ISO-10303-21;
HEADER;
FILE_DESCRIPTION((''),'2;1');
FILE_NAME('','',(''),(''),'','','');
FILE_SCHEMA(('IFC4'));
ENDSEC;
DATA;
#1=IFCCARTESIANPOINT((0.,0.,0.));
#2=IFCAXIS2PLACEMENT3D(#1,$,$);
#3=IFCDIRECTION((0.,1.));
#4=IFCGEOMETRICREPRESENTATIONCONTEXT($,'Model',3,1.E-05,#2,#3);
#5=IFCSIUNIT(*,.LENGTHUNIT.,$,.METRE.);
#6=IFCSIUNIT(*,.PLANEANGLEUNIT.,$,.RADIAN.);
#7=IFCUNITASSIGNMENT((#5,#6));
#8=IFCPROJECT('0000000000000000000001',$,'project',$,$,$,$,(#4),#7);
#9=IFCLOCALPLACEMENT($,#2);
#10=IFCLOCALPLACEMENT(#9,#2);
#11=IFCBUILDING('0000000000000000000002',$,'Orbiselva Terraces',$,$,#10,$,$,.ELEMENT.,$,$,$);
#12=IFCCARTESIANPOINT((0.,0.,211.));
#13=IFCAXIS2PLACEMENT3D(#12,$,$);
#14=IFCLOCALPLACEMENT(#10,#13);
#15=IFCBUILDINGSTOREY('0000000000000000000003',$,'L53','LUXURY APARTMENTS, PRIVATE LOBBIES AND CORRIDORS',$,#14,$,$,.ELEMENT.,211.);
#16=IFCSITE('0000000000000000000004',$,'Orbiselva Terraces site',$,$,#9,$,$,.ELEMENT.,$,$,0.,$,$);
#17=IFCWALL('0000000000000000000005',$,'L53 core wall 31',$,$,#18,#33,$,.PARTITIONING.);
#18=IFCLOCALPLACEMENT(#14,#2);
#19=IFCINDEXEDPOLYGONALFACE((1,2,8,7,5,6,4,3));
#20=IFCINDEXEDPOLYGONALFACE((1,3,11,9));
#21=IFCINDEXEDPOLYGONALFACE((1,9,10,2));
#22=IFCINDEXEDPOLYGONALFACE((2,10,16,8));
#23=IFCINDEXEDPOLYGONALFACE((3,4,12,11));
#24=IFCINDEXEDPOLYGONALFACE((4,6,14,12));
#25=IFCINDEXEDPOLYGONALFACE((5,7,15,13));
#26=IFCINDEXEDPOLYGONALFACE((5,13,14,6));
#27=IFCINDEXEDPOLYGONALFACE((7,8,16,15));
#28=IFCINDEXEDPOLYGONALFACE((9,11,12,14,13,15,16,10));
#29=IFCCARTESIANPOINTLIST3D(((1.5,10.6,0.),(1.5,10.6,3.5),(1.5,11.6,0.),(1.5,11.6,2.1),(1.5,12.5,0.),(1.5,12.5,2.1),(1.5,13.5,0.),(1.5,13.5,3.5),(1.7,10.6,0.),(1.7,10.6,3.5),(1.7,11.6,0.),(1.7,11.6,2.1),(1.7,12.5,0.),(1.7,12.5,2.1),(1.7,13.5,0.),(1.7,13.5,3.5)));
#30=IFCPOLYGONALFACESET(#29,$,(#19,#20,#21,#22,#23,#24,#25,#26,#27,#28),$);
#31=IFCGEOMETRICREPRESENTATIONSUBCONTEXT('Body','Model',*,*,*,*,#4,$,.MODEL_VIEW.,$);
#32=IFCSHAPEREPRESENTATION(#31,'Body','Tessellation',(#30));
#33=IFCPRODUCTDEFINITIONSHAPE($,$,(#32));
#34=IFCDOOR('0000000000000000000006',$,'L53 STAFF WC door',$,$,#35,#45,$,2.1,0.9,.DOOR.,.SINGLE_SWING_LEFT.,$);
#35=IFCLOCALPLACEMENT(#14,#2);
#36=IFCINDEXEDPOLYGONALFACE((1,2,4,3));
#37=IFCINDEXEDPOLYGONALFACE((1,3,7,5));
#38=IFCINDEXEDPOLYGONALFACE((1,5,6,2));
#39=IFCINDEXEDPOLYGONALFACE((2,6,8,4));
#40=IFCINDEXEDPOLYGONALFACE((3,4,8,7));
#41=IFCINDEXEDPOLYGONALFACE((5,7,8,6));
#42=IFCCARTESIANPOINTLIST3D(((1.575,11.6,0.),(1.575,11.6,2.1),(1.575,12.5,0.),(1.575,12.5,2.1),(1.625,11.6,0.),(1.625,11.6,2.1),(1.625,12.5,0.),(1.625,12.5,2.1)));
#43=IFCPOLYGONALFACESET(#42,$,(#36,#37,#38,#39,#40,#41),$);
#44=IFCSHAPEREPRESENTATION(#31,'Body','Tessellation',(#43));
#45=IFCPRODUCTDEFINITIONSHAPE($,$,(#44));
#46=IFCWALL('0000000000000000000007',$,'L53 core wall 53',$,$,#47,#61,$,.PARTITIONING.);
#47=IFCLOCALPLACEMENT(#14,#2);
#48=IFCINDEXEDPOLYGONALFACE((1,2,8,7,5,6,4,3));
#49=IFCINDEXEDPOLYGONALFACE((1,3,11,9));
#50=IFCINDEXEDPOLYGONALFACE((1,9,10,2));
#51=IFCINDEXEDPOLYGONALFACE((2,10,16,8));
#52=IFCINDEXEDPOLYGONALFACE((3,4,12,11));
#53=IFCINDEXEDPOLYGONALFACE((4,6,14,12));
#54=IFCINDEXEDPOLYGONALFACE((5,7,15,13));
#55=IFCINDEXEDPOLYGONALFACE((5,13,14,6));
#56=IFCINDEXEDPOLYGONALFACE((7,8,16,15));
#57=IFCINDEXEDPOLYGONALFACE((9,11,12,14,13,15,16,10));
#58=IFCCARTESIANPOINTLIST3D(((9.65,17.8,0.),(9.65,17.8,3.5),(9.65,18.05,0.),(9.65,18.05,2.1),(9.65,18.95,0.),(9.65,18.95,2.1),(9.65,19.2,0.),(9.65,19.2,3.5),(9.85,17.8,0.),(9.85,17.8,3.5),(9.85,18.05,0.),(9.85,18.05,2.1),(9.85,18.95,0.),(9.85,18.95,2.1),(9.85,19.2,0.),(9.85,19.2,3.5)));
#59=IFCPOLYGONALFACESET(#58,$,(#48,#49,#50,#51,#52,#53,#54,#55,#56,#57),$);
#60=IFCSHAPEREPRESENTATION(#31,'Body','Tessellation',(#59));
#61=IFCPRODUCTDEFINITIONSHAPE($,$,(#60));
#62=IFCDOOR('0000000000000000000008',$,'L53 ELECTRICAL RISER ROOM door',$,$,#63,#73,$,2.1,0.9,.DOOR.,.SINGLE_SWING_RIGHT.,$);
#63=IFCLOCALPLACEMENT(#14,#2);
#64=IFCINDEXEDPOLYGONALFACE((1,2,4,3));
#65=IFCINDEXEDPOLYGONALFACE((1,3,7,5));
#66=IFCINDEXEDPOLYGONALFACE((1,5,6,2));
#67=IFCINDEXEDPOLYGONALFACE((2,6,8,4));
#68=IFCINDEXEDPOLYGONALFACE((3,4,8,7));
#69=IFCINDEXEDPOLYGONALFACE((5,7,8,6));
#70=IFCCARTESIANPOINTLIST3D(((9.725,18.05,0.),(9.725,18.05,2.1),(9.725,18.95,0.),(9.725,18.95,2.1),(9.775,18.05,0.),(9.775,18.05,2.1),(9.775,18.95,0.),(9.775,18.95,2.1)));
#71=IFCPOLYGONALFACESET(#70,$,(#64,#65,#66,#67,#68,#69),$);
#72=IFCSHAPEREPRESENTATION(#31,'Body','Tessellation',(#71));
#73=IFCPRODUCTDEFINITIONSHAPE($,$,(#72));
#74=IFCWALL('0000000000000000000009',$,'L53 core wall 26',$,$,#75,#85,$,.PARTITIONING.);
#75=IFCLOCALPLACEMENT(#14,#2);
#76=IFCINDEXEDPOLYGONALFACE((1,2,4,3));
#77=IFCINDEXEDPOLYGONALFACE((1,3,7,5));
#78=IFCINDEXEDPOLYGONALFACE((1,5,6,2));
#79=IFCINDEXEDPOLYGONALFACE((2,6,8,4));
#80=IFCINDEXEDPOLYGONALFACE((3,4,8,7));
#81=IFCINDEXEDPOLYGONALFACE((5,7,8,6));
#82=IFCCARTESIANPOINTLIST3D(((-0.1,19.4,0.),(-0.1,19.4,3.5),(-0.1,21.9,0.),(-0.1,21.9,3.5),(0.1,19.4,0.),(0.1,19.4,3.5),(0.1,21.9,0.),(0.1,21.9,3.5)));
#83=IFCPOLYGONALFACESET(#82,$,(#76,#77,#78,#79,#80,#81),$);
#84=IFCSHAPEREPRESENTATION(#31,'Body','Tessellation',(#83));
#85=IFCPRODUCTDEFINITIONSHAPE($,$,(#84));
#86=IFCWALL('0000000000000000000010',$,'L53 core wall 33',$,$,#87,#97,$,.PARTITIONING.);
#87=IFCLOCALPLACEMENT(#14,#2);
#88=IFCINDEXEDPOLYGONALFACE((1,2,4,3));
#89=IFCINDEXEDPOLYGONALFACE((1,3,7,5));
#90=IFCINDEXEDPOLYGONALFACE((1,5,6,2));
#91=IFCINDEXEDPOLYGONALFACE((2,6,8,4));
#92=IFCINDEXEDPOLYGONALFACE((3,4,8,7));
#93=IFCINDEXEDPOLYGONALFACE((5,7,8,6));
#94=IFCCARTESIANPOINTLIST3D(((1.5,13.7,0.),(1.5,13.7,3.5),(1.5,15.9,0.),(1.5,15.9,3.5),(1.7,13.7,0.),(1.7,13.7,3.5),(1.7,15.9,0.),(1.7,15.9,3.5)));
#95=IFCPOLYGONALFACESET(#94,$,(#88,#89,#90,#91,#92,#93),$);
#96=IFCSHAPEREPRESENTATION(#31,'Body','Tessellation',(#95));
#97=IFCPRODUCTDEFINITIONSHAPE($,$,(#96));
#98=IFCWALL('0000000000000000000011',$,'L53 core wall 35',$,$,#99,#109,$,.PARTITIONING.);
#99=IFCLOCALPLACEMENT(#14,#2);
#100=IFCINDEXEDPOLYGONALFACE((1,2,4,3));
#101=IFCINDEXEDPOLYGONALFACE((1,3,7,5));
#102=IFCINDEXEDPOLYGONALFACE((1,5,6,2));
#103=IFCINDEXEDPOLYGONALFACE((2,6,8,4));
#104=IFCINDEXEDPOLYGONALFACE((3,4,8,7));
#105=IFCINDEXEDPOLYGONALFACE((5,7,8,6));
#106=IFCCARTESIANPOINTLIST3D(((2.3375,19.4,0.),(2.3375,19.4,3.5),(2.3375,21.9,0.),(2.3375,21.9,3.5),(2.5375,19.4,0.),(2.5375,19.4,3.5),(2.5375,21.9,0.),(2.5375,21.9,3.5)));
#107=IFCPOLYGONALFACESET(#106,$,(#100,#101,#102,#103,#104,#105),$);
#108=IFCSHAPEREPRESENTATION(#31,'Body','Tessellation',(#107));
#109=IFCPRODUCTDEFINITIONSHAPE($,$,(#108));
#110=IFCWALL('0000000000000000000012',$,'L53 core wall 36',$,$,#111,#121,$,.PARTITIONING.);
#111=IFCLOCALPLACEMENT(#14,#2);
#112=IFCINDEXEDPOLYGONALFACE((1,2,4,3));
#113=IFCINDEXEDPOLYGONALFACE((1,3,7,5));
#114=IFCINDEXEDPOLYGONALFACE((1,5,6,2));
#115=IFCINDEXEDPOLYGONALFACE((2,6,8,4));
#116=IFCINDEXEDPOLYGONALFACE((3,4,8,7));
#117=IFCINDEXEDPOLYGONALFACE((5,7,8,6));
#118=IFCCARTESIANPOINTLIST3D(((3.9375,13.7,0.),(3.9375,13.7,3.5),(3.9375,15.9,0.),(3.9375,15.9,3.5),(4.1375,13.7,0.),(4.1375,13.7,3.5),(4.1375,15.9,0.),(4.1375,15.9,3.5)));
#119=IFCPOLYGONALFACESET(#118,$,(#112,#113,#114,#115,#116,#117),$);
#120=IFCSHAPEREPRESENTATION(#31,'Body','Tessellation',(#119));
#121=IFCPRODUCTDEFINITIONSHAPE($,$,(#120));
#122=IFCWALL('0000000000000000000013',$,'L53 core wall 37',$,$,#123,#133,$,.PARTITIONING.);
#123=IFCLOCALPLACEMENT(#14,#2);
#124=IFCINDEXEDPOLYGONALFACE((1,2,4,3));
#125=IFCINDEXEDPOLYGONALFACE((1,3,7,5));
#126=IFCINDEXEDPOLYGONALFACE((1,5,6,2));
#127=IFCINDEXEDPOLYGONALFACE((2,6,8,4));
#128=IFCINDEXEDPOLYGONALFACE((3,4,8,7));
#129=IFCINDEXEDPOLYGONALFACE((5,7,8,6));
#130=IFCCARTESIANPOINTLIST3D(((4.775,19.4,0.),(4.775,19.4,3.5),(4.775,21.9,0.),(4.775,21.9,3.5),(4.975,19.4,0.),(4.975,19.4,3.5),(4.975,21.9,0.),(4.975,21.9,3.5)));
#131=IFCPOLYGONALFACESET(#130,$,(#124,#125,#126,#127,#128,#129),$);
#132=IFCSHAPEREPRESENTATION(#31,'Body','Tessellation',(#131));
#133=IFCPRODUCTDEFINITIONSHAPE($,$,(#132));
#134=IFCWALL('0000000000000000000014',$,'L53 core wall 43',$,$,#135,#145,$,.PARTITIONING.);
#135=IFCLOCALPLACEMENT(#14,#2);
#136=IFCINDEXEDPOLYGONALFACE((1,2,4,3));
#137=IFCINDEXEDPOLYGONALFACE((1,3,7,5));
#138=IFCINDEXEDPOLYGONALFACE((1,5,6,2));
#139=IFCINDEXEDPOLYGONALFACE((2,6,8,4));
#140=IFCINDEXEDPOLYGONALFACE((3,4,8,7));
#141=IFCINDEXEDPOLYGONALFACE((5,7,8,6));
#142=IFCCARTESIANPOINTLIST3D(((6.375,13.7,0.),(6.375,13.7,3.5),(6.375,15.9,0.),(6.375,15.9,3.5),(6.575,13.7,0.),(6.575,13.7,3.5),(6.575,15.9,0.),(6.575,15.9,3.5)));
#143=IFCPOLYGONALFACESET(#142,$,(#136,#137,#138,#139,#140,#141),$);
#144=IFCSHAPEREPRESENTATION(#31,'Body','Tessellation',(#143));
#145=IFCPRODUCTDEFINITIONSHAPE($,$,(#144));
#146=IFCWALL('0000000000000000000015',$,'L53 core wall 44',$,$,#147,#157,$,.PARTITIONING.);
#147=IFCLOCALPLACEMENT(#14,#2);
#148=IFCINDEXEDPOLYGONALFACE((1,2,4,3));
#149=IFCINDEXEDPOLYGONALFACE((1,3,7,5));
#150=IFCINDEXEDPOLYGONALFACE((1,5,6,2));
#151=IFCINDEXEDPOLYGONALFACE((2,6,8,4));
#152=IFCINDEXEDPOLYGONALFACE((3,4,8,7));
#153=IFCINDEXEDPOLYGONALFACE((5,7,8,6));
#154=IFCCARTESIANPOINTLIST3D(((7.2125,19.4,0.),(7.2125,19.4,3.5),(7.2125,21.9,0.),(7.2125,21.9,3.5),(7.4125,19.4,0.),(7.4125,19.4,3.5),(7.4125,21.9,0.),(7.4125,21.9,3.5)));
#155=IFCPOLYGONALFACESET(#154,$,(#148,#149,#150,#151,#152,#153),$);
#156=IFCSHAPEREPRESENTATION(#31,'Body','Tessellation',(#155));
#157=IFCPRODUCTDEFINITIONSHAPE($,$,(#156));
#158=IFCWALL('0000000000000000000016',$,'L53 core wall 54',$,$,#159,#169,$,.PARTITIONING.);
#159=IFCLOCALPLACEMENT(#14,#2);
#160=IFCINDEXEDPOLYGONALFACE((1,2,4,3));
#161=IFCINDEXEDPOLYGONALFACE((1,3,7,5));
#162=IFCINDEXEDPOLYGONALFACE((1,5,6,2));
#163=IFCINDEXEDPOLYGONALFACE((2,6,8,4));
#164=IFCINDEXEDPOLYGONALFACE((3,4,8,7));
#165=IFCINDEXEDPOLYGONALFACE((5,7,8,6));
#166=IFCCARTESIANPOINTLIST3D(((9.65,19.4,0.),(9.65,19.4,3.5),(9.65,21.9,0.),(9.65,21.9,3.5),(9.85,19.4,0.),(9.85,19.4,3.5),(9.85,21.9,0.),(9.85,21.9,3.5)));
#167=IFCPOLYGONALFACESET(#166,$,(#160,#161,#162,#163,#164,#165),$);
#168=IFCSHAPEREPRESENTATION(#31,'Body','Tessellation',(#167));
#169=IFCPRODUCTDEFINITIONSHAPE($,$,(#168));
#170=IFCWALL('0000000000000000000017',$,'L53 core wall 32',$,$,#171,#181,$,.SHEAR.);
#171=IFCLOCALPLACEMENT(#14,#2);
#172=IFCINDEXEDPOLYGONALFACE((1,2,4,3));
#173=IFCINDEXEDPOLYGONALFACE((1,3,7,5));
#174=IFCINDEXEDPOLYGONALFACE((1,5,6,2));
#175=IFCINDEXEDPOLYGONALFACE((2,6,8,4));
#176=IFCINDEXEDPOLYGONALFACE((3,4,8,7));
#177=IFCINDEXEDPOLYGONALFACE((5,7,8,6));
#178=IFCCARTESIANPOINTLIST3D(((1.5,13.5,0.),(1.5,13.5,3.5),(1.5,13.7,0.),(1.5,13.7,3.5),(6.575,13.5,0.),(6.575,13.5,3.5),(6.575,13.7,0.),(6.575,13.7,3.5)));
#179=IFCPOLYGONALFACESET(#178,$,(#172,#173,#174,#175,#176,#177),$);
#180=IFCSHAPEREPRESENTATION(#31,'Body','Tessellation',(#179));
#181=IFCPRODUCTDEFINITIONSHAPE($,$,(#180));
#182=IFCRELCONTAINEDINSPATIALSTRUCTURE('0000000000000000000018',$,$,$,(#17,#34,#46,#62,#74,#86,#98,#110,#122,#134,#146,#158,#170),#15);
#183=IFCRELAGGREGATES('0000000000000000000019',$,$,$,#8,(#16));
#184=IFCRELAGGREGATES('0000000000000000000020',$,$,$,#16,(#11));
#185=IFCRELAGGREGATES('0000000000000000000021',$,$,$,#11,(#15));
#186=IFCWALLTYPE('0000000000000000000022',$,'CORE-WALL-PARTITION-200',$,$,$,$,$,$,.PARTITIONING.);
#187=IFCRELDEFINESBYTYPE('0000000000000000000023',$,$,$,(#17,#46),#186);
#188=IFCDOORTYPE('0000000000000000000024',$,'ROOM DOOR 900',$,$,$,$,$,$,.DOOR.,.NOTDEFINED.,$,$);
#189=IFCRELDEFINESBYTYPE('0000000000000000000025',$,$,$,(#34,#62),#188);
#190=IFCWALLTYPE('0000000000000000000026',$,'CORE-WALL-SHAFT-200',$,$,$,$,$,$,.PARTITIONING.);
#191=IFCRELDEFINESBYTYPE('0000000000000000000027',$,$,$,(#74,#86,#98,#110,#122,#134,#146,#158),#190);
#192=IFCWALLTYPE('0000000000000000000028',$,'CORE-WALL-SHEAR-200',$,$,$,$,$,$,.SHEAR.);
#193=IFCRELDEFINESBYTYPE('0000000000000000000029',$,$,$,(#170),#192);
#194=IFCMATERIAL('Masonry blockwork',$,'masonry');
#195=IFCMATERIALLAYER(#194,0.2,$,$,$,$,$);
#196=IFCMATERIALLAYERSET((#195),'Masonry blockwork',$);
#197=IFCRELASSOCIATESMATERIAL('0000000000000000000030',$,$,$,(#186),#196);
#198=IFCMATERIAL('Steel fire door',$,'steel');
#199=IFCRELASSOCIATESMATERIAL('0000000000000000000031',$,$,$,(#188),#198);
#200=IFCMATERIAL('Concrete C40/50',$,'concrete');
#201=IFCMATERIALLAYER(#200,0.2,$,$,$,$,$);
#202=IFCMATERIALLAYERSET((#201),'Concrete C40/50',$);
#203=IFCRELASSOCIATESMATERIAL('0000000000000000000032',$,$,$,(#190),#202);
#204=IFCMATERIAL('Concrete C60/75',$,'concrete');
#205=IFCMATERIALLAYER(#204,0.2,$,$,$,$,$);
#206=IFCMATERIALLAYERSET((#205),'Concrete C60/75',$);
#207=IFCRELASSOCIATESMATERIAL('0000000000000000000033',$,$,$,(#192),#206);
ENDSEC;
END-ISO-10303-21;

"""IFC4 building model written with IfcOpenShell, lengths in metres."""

from ifc_helpers import new_model, si_unit, direction, frame, frame_2d, origin, place, context, subcontext, project, spatial, rectangle, extrude, material, layer, layer_set, type_object, element, fill, save


model = new_model("IFC4")

# Units and contexts
model_context = context("Model", 3, precision=1e-05, world=origin(), true_north=direction((0.0, 1.0)))
body_context = subcontext(model_context, "Body", "Model", "MODEL_VIEW")
ifc_project = project(units=[si_unit("LENGTHUNIT", "METRE"), si_unit("PLANEANGLEUNIT", "RADIAN")], contexts=[model_context])

# Site, building, storey
site_placement = place(None, origin())
site = spatial("IfcSite", under=ifc_project, at=site_placement, Name="Orbiselva Terraces site", CompositionType="ELEMENT", RefElevation=0.0)
building_placement = place(site_placement, origin())
building = spatial("IfcBuilding", under=site, at=building_placement, Name="Orbiselva Terraces", CompositionType="ELEMENT")
storey_placement = place(building_placement, frame((0.0, 0.0, 211.0)))
storey = spatial("IfcBuildingStorey", under=building, at=storey_placement, Name="L53", Description="LUXURY APARTMENTS, PRIVATE LOBBIES AND CORRIDORS", CompositionType="ELEMENT", Elevation=211.0)

# Walls, openings, doors
ifc_material_1 = material(Name="Masonry blockwork", Category="masonry")
ifc_layer_1 = layer(ifc_material_1, 0.2)
ifc_layer_set_1 = layer_set([ifc_layer_1], Name="Masonry blockwork")
wall_type_1 = type_object("IfcWallType", Name="CORE-WALL-PARTITION-200", PredefinedType="PARTITIONING", material=ifc_layer_set_1)
wall_1_placement = place(storey_placement, frame((1.6, 13.5, 0.0), z_axis=(0.0, 0.0, 1.0), x_axis=(0.0, -1.0, 0.0)))
wall_1 = element("IfcWall", 1, at=wall_1_placement, inside=storey, type_object=wall_type_1, Name="L53 core wall 31", PredefinedType="PARTITIONING", context=body_context, shape_type="SweptSolid", body=[
    extrude(rectangle(XDim=2.9, YDim=0.2, at=frame_2d((1.45, 0.0))), origin(), (0.0, 0.0, 1.0), 3.5),
])
opening_1_placement = place(wall_1_placement, frame((1.0, 0.0, 0.0)))
opening_1 = element("IfcOpeningElement", 2, at=opening_1_placement, cuts=wall_1, PredefinedType="OPENING", context=body_context, shape_type="SweptSolid", body=[
    extrude(rectangle(XDim=0.9, YDim=2.1, at=frame_2d((0.45, 1.05))), frame((0.0, 0.11, 0.0), z_axis=(0.0, -1.0, 0.0), x_axis=(1.0, 0.0, 0.0)), (0.0, 0.0, 1.0), 0.22),
])
ifc_material_2 = material(Name="Steel fire door", Category="steel")
door_type_1 = type_object("IfcDoorType", Name="ROOM DOOR 900", OperationType="NOTDEFINED", PredefinedType="DOOR", material=ifc_material_2)
door_1_placement = place(opening_1_placement, origin())
door_1 = element("IfcDoor", 3, at=door_1_placement, inside=storey, type_object=door_type_1, Name="L53 STAFF WC door", OperationType="SINGLE_SWING_LEFT", OverallHeight=2.1, OverallWidth=0.9, PredefinedType="DOOR", context=body_context, shape_type="SweptSolid", body=[
    extrude(rectangle(XDim=0.9, YDim=2.1, at=frame_2d((0.45, 1.05))), frame((0.0, 0.025, 0.0), z_axis=(0.0, -1.0, 0.0), x_axis=(1.0, 0.0, 0.0)), (0.0, 0.0, 1.0), 0.05),
])
fill(opening_1, door_1)
wall_2_placement = place(storey_placement, frame((9.75, 19.2, 0.0), z_axis=(0.0, 0.0, 1.0), x_axis=(0.0, -1.0, 0.0)))
wall_2 = element("IfcWall", 4, at=wall_2_placement, inside=storey, type_object=wall_type_1, Name="L53 core wall 53", PredefinedType="PARTITIONING", context=body_context, shape_type="SweptSolid", body=[
    extrude(rectangle(XDim=1.4, YDim=0.2, at=frame_2d((0.7, 0.0))), origin(), (0.0, 0.0, 1.0), 3.5),
])
opening_2_placement = place(wall_2_placement, frame((0.25, 0.0, 0.0)))
opening_2 = element("IfcOpeningElement", 5, at=opening_2_placement, cuts=wall_2, PredefinedType="OPENING", context=body_context, shape_type="SweptSolid", body=[
    extrude(rectangle(XDim=0.9, YDim=2.1, at=frame_2d((0.45, 1.05))), frame((0.0, 0.11, 0.0), z_axis=(0.0, -1.0, 0.0), x_axis=(1.0, 0.0, 0.0)), (0.0, 0.0, 1.0), 0.22),
])
door_2_placement = place(opening_2_placement, origin())
door_2 = element("IfcDoor", 6, at=door_2_placement, inside=storey, type_object=door_type_1, Name="L53 ELECTRICAL RISER ROOM door", OperationType="SINGLE_SWING_RIGHT", OverallHeight=2.1, OverallWidth=0.9, PredefinedType="DOOR", context=body_context, shape_type="SweptSolid", body=[
    extrude(rectangle(XDim=0.9, YDim=2.1, at=frame_2d((0.45, 1.05))), frame((0.0, 0.025, 0.0), z_axis=(0.0, -1.0, 0.0), x_axis=(1.0, 0.0, 0.0)), (0.0, 0.0, 1.0), 0.05),
])
fill(opening_2, door_2)

# Walls
ifc_material_3 = material(Name="Concrete C40/50", Category="concrete")
ifc_layer_2 = layer(ifc_material_3, 0.2)
ifc_layer_set_2 = layer_set([ifc_layer_2], Name="Concrete C40/50")
wall_type_2 = type_object("IfcWallType", Name="CORE-WALL-SHAFT-200", PredefinedType="PARTITIONING", material=ifc_layer_set_2)
wall_3_placement = place(storey_placement, frame((0.0, 19.4, 0.0), z_axis=(0.0, 0.0, 1.0), x_axis=(0.0, 1.0, 0.0)))
element("IfcWall", 7, at=wall_3_placement, inside=storey, type_object=wall_type_2, Name="L53 core wall 26", PredefinedType="PARTITIONING", context=body_context, shape_type="SweptSolid", body=[
    extrude(rectangle(XDim=2.5, YDim=0.2, at=frame_2d((1.25, 0.0))), origin(), (0.0, 0.0, 1.0), 3.5),
])
wall_4_placement = place(storey_placement, frame((1.6, 13.7, 0.0), z_axis=(0.0, 0.0, 1.0), x_axis=(0.0, 1.0, 0.0)))
element("IfcWall", 8, at=wall_4_placement, inside=storey, type_object=wall_type_2, Name="L53 core wall 33", PredefinedType="PARTITIONING", context=body_context, shape_type="SweptSolid", body=[
    extrude(rectangle(XDim=2.2, YDim=0.2, at=frame_2d((1.1, 0.0))), origin(), (0.0, 0.0, 1.0), 3.5),
])
wall_5_placement = place(storey_placement, frame((2.4375, 19.4, 0.0), z_axis=(0.0, 0.0, 1.0), x_axis=(0.0, 1.0, 0.0)))
element("IfcWall", 9, at=wall_5_placement, inside=storey, type_object=wall_type_2, Name="L53 core wall 35", PredefinedType="PARTITIONING", context=body_context, shape_type="SweptSolid", body=[
    extrude(rectangle(XDim=2.5, YDim=0.2, at=frame_2d((1.25, 0.0))), origin(), (0.0, 0.0, 1.0), 3.5),
])
wall_6_placement = place(storey_placement, frame((4.0375, 13.7, 0.0), z_axis=(0.0, 0.0, 1.0), x_axis=(0.0, 1.0, 0.0)))
element("IfcWall", 10, at=wall_6_placement, inside=storey, type_object=wall_type_2, Name="L53 core wall 36", PredefinedType="PARTITIONING", context=body_context, shape_type="SweptSolid", body=[
    extrude(rectangle(XDim=2.2, YDim=0.2, at=frame_2d((1.1, 0.0))), origin(), (0.0, 0.0, 1.0), 3.5),
])
wall_7_placement = place(storey_placement, frame((4.875, 19.4, 0.0), z_axis=(0.0, 0.0, 1.0), x_axis=(0.0, 1.0, 0.0)))
element("IfcWall", 11, at=wall_7_placement, inside=storey, type_object=wall_type_2, Name="L53 core wall 37", PredefinedType="PARTITIONING", context=body_context, shape_type="SweptSolid", body=[
    extrude(rectangle(XDim=2.5, YDim=0.2, at=frame_2d((1.25, 0.0))), origin(), (0.0, 0.0, 1.0), 3.5),
])
wall_8_placement = place(storey_placement, frame((6.475, 13.7, 0.0), z_axis=(0.0, 0.0, 1.0), x_axis=(0.0, 1.0, 0.0)))
element("IfcWall", 12, at=wall_8_placement, inside=storey, type_object=wall_type_2, Name="L53 core wall 43", PredefinedType="PARTITIONING", context=body_context, shape_type="SweptSolid", body=[
    extrude(rectangle(XDim=2.2, YDim=0.2, at=frame_2d((1.1, 0.0))), origin(), (0.0, 0.0, 1.0), 3.5),
])
for number, where, z_axis, x_axis, name in (
    (13, (7.3125, 19.4, 0.0), (0.0, 0.0, 1.0), (0.0, 1.0, 0.0), "L53 core wall 44"),
    (14, (9.75, 19.4, 0.0), (0.0, 0.0, 1.0), (0.0, 1.0, 0.0), "L53 core wall 54"),
):
    element("IfcWall", number, at=place(storey_placement, frame(where, z_axis=z_axis, x_axis=x_axis)), inside=storey, type_object=wall_type_2, Name=name, PredefinedType="PARTITIONING", context=body_context, shape_type="SweptSolid", body=[
        extrude(rectangle(XDim=2.5, YDim=0.2, at=frame_2d((1.25, 0.0))), origin(), (0.0, 0.0, 1.0), 3.5),
    ])
ifc_material_4 = material(Name="Concrete C60/75", Category="concrete")
ifc_layer_3 = layer(ifc_material_4, 0.2)
ifc_layer_set_3 = layer_set([ifc_layer_3], Name="Concrete C60/75")
wall_type_3 = type_object("IfcWallType", Name="CORE-WALL-SHEAR-200", PredefinedType="SHEAR", material=ifc_layer_set_3)
wall_9_placement = place(storey_placement, frame((1.5, 13.6, 0.0), z_axis=(0.0, 0.0, 1.0), x_axis=(1.0, 0.0, 0.0)))
element("IfcWall", 15, at=wall_9_placement, inside=storey, type_object=wall_type_3, Name="L53 core wall 32", PredefinedType="SHEAR", context=body_context, shape_type="SweptSolid", body=[
    extrude(rectangle(XDim=5.075, YDim=0.2, at=frame_2d((2.5375, 0.0))), origin(), (0.0, 0.0, 1.0), 3.5),
])

save(model, "model.ifc")
